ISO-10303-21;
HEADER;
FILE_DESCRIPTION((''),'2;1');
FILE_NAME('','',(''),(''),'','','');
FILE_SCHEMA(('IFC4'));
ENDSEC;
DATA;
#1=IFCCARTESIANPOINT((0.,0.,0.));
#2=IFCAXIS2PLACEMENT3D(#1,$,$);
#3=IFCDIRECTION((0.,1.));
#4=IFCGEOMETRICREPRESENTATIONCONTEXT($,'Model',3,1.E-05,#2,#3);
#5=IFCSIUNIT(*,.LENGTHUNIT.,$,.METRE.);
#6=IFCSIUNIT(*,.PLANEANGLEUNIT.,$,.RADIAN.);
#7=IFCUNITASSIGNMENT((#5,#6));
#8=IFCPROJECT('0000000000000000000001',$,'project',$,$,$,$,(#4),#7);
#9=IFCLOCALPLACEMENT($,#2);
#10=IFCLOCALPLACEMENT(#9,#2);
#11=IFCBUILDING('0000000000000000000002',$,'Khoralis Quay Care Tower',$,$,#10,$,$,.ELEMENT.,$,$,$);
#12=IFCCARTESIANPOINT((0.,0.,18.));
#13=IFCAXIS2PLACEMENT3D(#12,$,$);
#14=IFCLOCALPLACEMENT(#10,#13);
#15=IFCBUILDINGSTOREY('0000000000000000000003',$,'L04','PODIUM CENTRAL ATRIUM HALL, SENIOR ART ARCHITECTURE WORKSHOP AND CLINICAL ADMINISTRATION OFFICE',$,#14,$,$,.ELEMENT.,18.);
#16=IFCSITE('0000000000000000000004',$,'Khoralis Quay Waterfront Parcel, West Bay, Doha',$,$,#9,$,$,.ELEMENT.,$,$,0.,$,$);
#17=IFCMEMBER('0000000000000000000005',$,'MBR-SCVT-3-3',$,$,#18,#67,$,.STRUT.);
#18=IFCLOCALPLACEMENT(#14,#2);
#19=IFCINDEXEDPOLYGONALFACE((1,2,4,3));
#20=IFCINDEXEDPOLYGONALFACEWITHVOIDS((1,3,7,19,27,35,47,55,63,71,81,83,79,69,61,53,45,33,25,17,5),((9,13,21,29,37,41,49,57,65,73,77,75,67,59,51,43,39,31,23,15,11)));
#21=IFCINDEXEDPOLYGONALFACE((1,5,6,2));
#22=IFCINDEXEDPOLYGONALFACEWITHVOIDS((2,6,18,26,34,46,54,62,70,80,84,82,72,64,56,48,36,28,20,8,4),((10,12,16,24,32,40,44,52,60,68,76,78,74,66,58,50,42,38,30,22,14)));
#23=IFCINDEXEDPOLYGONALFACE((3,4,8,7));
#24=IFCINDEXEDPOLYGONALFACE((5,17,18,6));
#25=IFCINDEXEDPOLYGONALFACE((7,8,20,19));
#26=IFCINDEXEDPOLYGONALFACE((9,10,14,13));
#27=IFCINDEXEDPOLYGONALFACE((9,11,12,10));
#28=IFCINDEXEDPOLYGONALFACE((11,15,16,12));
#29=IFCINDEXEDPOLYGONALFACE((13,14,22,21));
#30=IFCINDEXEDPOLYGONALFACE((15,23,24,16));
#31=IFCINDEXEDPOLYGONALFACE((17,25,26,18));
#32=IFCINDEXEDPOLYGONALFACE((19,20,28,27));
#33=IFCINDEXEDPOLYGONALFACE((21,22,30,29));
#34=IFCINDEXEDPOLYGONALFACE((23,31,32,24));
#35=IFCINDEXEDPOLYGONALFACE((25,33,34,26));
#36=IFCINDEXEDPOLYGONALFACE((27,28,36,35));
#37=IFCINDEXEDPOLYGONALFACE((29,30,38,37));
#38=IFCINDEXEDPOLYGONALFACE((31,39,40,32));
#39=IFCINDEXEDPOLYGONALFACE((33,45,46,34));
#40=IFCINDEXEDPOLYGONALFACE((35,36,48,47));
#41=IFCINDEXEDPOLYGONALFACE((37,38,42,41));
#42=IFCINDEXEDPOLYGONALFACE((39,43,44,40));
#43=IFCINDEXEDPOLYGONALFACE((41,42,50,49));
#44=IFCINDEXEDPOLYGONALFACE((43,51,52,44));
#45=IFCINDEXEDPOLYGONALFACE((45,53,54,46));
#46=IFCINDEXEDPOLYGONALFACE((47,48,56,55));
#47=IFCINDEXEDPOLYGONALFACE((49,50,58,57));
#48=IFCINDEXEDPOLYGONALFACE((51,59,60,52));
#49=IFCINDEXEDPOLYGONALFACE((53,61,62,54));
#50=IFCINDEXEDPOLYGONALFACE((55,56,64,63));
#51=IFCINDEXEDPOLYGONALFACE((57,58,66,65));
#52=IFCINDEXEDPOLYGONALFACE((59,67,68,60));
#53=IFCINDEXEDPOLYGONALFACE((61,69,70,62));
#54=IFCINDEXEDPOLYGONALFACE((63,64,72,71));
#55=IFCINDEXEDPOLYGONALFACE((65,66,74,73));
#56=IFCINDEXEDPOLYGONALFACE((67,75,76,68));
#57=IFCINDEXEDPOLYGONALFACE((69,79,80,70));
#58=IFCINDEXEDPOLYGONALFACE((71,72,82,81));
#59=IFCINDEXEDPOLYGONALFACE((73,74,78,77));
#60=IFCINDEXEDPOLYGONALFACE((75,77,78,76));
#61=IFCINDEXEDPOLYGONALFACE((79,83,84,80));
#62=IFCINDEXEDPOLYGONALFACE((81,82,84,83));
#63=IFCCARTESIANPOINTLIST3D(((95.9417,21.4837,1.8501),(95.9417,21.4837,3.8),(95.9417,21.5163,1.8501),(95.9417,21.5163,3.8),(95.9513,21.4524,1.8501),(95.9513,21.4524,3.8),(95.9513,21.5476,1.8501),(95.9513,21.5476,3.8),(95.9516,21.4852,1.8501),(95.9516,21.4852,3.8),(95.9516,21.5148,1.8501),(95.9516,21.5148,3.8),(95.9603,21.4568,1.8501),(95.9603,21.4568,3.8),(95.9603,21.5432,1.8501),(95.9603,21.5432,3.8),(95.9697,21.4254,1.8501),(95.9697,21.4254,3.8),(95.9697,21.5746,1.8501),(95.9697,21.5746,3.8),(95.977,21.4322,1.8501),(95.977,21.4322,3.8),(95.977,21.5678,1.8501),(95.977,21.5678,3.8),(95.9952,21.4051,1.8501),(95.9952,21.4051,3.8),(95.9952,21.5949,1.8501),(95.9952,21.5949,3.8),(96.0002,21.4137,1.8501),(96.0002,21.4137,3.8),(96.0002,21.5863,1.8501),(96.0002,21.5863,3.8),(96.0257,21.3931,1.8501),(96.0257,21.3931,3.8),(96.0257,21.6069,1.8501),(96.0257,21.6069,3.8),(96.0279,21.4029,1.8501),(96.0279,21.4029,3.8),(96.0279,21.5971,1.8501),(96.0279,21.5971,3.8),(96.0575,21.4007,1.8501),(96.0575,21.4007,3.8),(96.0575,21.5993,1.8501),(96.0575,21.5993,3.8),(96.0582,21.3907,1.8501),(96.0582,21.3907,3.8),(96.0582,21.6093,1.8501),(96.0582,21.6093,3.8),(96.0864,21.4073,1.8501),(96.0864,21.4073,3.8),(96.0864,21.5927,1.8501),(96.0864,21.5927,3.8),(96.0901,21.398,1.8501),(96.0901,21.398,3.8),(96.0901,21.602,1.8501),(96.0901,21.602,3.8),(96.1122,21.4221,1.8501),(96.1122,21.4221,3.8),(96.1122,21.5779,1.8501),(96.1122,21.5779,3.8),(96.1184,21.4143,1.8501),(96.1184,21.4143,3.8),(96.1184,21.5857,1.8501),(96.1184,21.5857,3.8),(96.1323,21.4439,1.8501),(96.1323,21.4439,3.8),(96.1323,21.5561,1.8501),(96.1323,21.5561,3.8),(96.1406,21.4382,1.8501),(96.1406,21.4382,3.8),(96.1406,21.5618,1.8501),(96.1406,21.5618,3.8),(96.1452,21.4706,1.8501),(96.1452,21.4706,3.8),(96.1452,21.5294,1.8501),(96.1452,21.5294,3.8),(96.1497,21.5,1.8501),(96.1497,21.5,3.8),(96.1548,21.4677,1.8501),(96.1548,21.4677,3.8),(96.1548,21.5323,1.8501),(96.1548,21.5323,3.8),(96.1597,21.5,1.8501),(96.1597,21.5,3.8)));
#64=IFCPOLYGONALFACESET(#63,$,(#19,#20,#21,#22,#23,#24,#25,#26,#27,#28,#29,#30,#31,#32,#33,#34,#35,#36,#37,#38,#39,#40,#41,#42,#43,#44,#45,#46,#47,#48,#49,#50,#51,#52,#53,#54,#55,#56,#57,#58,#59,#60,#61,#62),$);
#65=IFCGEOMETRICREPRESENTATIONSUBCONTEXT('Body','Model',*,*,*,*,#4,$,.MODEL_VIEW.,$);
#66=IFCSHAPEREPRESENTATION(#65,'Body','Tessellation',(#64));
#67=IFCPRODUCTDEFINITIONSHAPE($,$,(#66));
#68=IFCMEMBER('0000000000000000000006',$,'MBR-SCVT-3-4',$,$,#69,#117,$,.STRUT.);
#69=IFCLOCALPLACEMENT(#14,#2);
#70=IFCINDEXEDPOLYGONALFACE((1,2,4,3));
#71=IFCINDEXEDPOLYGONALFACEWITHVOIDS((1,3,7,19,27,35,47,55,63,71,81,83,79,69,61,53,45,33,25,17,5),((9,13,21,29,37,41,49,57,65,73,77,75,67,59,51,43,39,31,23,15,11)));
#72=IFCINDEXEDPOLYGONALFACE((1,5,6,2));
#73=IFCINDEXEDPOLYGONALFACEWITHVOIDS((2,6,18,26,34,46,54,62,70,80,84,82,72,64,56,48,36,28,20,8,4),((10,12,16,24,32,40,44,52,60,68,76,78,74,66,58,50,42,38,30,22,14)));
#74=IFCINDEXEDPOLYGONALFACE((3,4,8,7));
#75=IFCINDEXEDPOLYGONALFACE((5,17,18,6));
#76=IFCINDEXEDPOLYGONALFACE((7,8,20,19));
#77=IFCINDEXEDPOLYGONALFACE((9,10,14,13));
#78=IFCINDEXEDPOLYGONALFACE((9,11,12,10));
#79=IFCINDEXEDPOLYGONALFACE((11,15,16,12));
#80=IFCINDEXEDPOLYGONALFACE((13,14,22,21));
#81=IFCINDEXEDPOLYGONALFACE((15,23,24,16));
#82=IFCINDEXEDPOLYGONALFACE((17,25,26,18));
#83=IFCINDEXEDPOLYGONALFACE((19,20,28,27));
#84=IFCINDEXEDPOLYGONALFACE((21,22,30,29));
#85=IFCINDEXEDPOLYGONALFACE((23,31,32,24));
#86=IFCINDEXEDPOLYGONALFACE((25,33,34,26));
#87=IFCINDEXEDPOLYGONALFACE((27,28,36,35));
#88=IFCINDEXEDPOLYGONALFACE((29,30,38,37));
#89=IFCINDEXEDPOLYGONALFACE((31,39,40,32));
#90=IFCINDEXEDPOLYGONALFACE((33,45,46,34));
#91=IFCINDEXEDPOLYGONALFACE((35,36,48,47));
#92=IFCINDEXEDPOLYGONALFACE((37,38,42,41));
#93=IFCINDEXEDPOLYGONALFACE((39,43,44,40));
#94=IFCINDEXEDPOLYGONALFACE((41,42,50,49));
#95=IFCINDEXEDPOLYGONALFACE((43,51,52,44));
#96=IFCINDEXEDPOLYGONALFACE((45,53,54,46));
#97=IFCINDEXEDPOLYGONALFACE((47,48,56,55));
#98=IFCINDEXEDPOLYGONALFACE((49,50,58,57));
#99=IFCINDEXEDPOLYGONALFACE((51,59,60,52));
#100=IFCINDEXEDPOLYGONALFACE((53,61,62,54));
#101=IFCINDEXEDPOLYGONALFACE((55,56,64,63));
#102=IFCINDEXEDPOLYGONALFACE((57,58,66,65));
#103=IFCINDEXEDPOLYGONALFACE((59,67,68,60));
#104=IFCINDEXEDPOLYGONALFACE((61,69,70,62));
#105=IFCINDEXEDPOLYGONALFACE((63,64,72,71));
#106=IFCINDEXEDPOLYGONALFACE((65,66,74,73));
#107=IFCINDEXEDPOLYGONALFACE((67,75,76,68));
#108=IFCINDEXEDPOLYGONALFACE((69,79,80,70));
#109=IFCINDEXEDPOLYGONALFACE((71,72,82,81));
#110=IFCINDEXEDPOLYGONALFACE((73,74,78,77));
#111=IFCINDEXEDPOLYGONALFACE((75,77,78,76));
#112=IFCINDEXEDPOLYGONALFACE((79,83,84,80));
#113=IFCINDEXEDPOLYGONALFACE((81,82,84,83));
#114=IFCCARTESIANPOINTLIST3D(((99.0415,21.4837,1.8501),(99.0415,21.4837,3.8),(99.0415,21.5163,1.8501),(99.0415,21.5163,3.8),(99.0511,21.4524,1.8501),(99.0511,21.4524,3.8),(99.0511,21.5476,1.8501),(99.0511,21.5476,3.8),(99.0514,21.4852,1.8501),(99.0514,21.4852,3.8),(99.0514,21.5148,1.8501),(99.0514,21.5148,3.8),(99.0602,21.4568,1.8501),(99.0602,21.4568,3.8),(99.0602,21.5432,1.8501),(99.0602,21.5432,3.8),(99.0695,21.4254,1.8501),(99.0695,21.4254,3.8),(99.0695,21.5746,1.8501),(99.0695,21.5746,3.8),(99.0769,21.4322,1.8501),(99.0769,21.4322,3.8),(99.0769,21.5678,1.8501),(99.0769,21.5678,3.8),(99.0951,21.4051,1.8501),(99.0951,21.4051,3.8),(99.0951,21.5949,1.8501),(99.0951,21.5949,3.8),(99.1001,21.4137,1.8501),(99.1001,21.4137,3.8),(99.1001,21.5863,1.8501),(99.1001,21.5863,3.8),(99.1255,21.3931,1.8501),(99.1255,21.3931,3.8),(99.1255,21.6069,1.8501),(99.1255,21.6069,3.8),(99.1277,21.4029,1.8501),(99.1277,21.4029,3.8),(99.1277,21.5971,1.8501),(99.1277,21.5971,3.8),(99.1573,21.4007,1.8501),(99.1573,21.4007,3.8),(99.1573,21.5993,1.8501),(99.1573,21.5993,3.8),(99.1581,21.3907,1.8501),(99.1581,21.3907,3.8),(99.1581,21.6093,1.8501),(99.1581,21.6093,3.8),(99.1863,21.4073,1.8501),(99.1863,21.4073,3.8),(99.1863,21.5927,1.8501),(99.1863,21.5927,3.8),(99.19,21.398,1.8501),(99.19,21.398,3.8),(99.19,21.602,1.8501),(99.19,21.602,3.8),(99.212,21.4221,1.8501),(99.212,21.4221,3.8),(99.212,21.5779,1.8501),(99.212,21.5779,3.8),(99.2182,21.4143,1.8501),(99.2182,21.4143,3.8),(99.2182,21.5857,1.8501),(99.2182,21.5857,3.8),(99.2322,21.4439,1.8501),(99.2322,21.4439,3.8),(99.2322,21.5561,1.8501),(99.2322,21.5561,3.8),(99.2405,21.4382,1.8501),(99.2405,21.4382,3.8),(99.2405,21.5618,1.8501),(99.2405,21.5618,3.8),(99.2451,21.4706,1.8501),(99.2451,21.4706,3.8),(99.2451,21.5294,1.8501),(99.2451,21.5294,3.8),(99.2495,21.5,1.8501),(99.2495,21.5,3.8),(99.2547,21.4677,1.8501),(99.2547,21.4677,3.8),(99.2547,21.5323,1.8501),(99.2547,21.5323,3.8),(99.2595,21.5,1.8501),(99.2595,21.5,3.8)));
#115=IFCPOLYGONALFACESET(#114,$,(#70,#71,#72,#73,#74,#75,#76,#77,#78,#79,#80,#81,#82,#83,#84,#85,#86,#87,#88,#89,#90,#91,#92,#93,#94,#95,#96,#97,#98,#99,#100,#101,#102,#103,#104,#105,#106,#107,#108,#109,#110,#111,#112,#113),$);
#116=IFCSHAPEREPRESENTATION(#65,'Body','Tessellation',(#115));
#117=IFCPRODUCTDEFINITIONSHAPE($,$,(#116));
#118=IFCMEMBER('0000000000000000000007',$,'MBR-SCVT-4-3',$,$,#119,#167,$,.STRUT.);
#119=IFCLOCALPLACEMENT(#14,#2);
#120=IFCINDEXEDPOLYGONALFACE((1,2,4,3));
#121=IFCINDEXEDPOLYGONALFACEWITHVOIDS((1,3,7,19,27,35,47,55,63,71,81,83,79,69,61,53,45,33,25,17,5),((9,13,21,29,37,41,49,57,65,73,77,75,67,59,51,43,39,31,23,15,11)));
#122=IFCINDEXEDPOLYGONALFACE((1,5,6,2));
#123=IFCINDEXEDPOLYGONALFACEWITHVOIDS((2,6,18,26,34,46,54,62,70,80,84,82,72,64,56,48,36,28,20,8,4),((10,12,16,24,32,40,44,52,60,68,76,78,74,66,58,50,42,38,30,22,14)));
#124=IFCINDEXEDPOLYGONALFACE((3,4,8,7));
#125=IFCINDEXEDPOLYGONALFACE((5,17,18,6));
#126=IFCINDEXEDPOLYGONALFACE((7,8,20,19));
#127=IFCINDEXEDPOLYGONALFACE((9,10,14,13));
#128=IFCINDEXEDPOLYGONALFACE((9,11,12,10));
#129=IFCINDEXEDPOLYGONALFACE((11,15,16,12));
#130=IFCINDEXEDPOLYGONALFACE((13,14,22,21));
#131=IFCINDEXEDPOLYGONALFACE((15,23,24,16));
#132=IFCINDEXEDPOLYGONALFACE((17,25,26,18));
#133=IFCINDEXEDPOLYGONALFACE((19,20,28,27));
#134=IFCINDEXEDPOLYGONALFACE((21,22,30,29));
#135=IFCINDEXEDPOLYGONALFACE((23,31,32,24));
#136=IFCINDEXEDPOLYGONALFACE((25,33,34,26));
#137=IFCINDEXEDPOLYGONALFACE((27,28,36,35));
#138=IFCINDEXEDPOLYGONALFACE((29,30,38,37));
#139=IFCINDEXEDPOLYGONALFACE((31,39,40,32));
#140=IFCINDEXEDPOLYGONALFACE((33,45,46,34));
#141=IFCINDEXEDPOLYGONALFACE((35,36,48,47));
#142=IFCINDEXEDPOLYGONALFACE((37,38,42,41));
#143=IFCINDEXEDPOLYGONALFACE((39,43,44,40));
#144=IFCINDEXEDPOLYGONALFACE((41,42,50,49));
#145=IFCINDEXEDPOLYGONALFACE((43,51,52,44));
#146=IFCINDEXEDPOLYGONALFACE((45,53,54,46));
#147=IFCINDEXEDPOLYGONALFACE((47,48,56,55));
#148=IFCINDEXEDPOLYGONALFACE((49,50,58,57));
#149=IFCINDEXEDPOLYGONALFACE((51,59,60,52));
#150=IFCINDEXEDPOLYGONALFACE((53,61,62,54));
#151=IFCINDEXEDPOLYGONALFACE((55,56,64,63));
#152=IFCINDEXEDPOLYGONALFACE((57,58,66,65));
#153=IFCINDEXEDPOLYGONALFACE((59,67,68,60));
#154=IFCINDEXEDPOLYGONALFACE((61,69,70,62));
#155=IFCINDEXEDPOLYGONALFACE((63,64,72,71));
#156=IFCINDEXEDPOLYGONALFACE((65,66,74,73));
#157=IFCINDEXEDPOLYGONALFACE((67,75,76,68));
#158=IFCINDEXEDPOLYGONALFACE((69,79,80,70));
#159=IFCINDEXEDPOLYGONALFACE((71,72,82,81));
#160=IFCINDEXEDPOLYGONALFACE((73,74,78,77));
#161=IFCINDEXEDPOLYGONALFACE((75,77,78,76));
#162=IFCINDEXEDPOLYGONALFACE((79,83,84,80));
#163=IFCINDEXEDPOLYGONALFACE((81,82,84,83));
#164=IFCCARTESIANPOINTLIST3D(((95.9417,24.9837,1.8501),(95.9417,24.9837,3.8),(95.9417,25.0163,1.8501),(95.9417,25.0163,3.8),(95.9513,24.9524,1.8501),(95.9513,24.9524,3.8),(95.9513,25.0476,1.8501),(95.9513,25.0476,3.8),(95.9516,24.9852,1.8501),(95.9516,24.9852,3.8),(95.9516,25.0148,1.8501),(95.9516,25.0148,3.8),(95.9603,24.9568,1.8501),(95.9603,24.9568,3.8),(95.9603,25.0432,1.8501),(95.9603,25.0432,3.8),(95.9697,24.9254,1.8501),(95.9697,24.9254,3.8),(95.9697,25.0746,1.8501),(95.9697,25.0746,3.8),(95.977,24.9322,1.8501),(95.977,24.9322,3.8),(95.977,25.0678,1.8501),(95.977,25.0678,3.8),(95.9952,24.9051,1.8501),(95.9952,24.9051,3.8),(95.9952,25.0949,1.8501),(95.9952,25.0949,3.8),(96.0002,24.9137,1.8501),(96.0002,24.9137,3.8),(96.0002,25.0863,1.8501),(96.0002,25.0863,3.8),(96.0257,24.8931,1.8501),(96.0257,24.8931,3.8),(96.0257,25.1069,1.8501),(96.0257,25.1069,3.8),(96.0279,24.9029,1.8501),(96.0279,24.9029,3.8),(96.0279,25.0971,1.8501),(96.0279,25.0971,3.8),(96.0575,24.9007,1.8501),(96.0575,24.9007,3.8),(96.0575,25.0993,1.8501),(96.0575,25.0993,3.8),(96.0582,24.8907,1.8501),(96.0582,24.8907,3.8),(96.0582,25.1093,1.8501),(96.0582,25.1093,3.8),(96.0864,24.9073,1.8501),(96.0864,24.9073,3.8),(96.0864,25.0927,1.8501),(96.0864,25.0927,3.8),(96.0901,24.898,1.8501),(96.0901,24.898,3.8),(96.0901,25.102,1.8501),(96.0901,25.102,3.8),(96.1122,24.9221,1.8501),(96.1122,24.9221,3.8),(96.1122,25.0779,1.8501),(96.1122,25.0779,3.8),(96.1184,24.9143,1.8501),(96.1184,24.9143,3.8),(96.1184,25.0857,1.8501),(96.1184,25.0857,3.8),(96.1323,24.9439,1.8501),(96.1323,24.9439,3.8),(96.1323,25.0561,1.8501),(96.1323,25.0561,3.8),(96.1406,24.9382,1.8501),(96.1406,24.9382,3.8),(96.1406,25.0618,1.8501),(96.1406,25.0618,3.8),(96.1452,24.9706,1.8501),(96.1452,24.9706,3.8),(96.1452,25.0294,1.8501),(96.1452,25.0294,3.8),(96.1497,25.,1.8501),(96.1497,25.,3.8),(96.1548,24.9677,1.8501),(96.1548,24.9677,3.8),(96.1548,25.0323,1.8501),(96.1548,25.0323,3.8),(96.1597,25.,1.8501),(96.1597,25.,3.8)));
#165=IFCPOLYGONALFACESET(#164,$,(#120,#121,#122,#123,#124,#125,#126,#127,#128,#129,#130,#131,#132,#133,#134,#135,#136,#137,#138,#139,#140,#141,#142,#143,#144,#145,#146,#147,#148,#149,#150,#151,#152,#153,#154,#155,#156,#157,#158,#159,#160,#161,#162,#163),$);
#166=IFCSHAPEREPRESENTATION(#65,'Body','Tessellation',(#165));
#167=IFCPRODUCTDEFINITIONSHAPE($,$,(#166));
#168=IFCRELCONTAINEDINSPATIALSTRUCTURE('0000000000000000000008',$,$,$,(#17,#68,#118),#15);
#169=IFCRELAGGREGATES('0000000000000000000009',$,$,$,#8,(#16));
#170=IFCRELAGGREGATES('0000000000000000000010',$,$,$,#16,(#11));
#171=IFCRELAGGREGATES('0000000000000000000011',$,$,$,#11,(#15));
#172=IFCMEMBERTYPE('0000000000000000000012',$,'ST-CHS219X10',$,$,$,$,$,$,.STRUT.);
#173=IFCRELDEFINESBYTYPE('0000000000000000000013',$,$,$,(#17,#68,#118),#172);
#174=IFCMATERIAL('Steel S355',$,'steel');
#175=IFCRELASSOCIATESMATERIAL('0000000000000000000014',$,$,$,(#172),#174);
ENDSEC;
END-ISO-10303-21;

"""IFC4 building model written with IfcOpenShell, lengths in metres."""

from ifc_helpers import new_model, si_unit, direction, frame, origin, origin_2d, place, context, subcontext, project, spatial, hollow_circle, extrude, source, transform, mapped, material, material_profile, profile_set, type_object, element, save


model = new_model("IFC4")

# Units and contexts
model_context = context("Model", 3, precision=1e-05, world=origin(), true_north=direction((0.0, 1.0)))
body_context = subcontext(model_context, "Body", "Model", "MODEL_VIEW")
ifc_project = project(units=[si_unit("LENGTHUNIT", "METRE"), si_unit("PLANEANGLEUNIT", "RADIAN")], contexts=[model_context])

# Site, building, storey
site_placement = place(None, origin())
site = spatial("IfcSite", under=ifc_project, at=site_placement, Name="Khoralis Quay Waterfront Parcel, West Bay, Doha", CompositionType="ELEMENT", RefElevation=0.0)
building_placement = place(site_placement, origin())
building = spatial("IfcBuilding", under=site, at=building_placement, Name="Khoralis Quay Care Tower", CompositionType="ELEMENT")
storey_placement = place(building_placement, frame((0.0, 0.0, 18.0)))
storey = spatial("IfcBuildingStorey", under=building, at=storey_placement, Name="L04", Description="PODIUM CENTRAL ATRIUM HALL, SENIOR ART ARCHITECTURE WORKSHOP AND CLINICAL ADMINISTRATION OFFICE", CompositionType="ELEMENT", Elevation=18.0)

# Members
ifc_material = material(Name="Steel S355", Category="steel")
ifc_material_profile_1 = material_profile(ifc_material, hollow_circle(Radius=0.1096, WallThickness=0.01, at=origin_2d()), Name="Steel S355")
ifc_profile_set_1 = profile_set([ifc_material_profile_1], Name="Steel S355")
member_type_1 = type_object("IfcMemberType", Name="ST-CHS219X10", PredefinedType="STRUT", material=ifc_profile_set_1)
shared_shape_1 = source(origin(), body_context, "Body", "SweptSolid", [
    extrude(hollow_circle(Radius=0.1096, WallThickness=0.01, at=origin_2d()), origin(), (0.0, 0.0, 1.0), 1.95),
])
for number, where, z_axis, x_axis, name in (
    (1, (96.05, 21.5, 1.8501), (0.0, 0.0, 1.0), (1.0, 0.0, 0.0), "MBR-SCVT-3-3"),
    (2, (99.1499, 21.5, 1.8501), (0.0, 0.0, 1.0), (1.0, 0.0, 0.0), "MBR-SCVT-3-4"),
    (3, (96.05, 25.0, 1.8501), (0.0, 0.0, 1.0), (1.0, 0.0, 0.0), "MBR-SCVT-4-3"),
):
    element("IfcMember", number, at=place(storey_placement, frame(where, z_axis=z_axis, x_axis=x_axis)), inside=storey, type_object=member_type_1, Name=name, PredefinedType="STRUT", context=body_context, shape_type="MappedRepresentation", body=[
        mapped(shared_shape_1, transform((0.0, 0.0, 0.0), scale=1.0)),
    ])

save(model, "model.ifc")
